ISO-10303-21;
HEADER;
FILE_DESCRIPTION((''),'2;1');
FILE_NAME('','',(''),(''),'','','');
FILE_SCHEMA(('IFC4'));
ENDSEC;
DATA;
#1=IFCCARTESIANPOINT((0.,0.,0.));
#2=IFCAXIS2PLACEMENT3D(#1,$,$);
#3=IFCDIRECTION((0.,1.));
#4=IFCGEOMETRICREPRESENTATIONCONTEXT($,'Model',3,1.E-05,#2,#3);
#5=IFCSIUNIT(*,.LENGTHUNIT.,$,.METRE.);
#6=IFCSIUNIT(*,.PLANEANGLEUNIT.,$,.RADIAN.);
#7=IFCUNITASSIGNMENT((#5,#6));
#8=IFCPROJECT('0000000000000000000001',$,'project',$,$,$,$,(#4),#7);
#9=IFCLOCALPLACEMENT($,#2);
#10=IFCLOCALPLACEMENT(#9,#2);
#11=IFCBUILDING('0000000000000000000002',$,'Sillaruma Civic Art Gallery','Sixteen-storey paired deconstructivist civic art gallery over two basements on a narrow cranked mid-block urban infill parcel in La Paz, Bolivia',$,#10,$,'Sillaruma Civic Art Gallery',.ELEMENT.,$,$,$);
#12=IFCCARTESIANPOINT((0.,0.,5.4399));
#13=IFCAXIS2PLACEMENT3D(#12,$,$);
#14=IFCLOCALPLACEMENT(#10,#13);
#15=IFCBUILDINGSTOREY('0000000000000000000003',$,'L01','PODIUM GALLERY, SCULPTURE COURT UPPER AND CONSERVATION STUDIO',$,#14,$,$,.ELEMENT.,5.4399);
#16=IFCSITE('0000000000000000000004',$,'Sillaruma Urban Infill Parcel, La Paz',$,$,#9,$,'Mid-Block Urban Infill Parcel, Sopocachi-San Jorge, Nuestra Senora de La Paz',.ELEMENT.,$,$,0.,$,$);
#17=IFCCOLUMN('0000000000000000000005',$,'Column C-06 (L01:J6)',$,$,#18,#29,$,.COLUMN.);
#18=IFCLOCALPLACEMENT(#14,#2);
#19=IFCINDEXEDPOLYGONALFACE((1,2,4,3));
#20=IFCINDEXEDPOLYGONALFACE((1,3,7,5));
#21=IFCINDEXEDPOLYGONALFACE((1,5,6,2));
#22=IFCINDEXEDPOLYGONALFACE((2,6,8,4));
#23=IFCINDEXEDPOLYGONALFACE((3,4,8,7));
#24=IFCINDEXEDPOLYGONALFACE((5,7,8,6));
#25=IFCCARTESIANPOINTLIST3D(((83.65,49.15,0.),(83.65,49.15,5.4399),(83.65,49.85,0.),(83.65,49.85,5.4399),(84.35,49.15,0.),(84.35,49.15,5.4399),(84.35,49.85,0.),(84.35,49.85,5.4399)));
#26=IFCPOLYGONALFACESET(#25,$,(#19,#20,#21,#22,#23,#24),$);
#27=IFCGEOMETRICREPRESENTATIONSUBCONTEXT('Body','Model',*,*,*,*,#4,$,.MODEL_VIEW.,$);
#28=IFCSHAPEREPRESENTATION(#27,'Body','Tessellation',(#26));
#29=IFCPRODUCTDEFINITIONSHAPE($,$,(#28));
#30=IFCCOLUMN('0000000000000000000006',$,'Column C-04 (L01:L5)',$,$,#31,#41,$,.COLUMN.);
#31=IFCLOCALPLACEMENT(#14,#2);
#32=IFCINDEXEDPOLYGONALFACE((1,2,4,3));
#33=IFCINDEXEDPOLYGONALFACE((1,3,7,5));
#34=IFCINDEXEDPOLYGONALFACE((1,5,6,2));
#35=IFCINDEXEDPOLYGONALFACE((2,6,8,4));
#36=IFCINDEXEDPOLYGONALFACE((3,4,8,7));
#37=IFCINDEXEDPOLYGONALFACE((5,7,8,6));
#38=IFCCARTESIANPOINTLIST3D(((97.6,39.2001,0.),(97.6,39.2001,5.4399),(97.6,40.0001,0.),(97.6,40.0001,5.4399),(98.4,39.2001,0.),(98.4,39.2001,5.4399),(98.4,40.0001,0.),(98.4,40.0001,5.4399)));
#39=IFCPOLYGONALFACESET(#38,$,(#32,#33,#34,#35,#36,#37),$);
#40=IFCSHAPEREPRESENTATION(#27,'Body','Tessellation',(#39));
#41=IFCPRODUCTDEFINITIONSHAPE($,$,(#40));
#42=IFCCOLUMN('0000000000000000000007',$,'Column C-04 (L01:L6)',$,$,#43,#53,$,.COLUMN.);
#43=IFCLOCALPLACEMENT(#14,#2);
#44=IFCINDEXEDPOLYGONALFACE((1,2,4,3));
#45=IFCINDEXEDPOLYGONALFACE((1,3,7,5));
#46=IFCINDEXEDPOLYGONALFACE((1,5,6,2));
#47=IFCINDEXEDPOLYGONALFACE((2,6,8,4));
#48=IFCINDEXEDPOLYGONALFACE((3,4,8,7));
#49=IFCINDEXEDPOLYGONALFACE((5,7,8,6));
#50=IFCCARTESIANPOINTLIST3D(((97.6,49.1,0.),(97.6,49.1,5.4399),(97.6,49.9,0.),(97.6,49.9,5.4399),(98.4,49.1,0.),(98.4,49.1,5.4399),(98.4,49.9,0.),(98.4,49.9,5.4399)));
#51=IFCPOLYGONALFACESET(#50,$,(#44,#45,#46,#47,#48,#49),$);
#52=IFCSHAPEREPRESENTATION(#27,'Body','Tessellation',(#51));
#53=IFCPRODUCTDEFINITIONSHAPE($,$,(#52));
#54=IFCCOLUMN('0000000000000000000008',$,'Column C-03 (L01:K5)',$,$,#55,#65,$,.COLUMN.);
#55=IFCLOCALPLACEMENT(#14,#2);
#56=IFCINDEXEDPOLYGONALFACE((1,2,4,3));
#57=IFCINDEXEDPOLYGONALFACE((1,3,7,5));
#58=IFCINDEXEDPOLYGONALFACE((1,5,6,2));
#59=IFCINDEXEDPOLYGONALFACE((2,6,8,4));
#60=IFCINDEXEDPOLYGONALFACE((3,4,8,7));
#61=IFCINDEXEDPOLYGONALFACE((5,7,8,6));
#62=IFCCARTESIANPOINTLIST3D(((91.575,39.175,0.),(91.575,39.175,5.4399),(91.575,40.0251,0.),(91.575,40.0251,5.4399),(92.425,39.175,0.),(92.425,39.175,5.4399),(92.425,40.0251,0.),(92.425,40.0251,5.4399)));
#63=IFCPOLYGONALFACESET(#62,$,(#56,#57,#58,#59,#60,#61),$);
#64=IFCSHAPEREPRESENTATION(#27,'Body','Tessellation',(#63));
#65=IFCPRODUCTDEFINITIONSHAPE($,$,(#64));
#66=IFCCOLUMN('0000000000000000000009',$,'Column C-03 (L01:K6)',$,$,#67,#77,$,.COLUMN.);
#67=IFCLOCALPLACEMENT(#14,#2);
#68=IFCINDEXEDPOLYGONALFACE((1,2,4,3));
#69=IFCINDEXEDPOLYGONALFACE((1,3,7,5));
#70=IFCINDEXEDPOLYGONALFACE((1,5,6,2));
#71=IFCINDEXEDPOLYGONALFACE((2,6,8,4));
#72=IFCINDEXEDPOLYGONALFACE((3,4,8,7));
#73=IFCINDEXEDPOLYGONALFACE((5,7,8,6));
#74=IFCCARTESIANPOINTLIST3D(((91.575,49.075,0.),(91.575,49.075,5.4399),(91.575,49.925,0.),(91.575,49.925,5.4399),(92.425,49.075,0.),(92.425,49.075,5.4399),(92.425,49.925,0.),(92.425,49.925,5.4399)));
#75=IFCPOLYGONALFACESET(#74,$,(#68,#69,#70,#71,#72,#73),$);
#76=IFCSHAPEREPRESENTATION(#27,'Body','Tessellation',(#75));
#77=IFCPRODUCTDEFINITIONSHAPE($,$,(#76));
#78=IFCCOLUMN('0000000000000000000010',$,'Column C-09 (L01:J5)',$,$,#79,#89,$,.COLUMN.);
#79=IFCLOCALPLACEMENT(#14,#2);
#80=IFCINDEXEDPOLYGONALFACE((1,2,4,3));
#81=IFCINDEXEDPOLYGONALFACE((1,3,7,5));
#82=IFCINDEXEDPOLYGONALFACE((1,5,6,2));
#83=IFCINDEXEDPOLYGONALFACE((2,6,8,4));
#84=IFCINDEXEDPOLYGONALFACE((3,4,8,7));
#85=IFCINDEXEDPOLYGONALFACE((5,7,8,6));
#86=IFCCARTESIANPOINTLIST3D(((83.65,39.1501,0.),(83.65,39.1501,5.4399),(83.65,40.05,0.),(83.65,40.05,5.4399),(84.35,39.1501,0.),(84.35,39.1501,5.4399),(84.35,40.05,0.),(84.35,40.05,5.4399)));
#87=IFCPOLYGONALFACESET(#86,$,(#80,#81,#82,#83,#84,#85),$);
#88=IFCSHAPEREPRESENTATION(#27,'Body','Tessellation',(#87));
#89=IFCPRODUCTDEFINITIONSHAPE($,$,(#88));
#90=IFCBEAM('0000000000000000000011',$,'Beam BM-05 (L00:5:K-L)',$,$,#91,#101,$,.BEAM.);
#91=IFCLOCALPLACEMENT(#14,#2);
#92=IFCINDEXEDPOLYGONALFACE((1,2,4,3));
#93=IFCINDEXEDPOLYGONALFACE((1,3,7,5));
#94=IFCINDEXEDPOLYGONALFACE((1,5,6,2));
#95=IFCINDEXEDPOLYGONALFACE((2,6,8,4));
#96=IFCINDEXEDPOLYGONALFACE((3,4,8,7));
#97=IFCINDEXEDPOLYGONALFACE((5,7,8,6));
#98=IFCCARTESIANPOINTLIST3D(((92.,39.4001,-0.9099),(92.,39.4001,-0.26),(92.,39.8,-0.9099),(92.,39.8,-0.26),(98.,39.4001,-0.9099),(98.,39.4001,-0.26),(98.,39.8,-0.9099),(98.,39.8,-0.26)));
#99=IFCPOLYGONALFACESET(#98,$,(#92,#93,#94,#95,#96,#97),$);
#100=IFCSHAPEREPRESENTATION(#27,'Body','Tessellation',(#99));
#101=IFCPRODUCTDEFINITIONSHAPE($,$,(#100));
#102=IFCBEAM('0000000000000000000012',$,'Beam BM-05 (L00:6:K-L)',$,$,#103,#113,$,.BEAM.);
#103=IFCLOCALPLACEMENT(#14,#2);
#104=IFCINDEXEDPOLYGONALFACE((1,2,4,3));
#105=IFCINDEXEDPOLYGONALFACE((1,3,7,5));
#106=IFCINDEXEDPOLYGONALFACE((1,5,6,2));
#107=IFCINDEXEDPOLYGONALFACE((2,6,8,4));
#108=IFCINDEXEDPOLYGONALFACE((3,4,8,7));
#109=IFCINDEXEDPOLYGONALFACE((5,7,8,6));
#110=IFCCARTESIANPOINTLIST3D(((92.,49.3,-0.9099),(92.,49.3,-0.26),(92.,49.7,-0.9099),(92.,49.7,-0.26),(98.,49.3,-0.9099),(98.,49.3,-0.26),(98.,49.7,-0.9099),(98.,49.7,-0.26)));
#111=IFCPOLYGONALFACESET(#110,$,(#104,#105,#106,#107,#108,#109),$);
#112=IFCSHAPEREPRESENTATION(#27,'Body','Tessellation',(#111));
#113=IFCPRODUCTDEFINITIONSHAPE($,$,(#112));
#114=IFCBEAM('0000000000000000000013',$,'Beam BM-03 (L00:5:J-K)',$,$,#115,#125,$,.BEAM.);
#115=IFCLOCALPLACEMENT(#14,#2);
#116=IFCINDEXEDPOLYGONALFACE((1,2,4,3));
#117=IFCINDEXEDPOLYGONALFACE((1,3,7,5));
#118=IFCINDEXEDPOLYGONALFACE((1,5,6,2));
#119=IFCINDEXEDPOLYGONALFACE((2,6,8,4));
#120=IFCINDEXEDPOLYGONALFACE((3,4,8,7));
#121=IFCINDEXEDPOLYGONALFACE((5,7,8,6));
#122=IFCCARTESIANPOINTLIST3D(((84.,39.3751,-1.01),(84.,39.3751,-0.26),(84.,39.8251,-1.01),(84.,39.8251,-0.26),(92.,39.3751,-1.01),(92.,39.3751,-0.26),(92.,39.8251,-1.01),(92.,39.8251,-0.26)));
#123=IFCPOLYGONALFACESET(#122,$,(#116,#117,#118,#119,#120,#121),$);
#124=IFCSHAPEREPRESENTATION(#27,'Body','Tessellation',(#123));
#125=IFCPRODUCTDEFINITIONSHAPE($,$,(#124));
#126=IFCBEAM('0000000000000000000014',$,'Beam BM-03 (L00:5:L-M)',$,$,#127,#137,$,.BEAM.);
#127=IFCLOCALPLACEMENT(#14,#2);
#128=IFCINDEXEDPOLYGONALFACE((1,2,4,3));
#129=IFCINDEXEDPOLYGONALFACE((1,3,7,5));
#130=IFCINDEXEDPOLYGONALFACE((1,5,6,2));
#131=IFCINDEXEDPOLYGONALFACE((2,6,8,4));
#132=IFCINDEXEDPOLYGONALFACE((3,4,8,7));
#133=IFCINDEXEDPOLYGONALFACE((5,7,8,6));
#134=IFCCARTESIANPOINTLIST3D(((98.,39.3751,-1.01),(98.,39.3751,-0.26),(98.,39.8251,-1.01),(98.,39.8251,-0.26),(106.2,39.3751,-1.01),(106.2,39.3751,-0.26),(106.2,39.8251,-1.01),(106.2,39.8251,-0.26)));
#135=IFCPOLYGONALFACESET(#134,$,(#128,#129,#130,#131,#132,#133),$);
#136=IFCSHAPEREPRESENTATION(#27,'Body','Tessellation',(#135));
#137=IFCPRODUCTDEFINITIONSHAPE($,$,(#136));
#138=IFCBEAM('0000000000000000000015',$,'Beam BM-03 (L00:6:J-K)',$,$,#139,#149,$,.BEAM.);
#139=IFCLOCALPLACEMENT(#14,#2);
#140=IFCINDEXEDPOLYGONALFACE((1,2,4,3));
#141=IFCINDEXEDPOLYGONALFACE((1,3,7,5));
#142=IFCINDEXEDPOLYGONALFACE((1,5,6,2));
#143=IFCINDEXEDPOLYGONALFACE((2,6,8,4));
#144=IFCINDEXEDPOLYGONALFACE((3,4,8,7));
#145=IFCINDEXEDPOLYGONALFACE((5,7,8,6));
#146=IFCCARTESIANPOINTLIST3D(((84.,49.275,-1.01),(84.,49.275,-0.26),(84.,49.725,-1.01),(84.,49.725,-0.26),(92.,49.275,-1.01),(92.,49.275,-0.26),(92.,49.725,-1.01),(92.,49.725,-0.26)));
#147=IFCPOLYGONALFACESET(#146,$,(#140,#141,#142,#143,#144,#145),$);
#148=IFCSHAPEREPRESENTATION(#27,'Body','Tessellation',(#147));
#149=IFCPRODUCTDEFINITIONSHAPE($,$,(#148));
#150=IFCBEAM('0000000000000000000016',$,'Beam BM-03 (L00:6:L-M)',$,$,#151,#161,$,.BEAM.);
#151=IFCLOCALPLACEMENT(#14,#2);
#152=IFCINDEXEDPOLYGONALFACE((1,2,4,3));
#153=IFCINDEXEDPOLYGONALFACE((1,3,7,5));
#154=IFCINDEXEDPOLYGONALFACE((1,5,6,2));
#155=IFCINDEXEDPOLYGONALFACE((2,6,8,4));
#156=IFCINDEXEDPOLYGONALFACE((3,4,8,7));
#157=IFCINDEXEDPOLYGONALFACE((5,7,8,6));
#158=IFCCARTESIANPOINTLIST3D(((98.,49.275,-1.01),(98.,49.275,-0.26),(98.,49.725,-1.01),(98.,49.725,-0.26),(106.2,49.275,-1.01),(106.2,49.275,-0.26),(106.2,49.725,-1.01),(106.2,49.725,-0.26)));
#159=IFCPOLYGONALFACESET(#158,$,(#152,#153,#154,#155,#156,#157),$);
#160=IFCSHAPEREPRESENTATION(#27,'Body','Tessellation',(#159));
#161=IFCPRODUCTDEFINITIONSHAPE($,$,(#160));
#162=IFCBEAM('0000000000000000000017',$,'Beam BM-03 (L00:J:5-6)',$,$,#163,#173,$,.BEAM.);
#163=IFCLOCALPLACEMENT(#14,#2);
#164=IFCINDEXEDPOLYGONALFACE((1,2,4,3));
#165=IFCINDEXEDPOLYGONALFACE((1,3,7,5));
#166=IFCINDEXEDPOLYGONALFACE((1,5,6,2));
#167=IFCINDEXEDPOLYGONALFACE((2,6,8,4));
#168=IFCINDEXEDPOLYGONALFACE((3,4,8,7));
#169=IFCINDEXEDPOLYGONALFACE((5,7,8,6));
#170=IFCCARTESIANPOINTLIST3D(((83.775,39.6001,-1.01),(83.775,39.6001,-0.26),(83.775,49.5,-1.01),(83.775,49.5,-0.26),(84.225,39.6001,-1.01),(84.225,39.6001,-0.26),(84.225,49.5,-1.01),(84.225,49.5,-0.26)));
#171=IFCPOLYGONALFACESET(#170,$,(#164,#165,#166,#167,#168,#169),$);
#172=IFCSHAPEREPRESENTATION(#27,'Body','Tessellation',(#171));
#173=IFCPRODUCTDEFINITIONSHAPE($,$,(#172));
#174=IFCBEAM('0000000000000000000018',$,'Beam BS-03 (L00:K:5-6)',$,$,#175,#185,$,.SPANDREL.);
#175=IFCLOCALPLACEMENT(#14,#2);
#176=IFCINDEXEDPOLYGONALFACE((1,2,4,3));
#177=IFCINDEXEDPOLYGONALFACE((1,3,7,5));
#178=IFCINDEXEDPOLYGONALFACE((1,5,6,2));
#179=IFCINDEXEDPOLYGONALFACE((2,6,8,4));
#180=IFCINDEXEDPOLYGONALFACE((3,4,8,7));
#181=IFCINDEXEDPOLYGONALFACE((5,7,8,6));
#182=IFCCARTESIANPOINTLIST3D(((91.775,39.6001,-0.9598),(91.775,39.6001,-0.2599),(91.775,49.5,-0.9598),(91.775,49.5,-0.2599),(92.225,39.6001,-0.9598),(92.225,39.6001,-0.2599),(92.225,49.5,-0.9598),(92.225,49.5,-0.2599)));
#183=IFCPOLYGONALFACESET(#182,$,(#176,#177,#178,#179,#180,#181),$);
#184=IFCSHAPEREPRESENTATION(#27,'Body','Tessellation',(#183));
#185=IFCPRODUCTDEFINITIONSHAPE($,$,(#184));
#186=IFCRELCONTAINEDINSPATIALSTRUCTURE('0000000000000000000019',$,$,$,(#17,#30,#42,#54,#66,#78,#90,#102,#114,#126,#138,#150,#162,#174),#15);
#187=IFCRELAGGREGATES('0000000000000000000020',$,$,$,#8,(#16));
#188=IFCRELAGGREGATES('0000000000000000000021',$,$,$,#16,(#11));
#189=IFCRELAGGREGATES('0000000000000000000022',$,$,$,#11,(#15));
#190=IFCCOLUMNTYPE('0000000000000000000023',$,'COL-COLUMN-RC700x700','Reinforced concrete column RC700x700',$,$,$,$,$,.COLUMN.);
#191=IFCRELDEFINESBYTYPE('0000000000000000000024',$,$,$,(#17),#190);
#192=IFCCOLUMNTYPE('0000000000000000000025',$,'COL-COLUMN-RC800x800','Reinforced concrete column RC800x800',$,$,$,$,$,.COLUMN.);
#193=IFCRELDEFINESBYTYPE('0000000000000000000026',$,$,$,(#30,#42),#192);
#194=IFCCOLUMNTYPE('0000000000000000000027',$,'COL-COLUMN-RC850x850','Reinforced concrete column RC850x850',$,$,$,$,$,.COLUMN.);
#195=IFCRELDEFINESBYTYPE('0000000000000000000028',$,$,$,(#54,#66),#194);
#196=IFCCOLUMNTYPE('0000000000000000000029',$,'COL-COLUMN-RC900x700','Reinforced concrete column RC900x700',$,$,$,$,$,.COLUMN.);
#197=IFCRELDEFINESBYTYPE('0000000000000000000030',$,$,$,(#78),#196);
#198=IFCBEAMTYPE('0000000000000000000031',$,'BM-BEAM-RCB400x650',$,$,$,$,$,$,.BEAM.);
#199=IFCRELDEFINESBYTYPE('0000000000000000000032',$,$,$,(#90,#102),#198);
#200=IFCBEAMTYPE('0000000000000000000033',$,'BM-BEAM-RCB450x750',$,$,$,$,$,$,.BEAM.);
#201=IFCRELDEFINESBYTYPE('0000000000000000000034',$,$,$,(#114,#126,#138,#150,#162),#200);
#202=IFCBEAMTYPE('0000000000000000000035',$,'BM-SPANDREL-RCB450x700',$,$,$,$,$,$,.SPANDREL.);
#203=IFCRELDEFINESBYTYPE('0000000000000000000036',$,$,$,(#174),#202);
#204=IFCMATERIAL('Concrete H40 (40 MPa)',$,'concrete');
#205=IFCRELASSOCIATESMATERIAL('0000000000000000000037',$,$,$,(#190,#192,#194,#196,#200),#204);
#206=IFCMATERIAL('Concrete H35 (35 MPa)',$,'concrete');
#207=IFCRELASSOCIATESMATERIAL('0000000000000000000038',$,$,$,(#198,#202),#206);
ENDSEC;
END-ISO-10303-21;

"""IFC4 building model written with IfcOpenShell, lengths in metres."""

from ifc_helpers import new_model, si_unit, direction, frame, origin, origin_2d, place, context, subcontext, project, spatial, rectangle, extrude, material, material_profile, profile_set, type_object, element, save


model = new_model("IFC4")

# Units and contexts
model_context = context("Model", 3, precision=1e-05, world=origin(), true_north=direction((0.0, 1.0)))
body_context = subcontext(model_context, "Body", "Model", "MODEL_VIEW")
ifc_project = project(units=[si_unit("LENGTHUNIT", "METRE"), si_unit("PLANEANGLEUNIT", "RADIAN")], contexts=[model_context])

# Site, building, storey
site_placement = place(None, origin())
site = spatial("IfcSite", under=ifc_project, at=site_placement, Name="Sillaruma Urban Infill Parcel, La Paz", LongName="Mid-Block Urban Infill Parcel, Sopocachi-San Jorge, Nuestra Senora de La Paz", CompositionType="ELEMENT", RefElevation=0.0)
building_placement = place(site_placement, origin())
building = spatial("IfcBuilding", under=site, at=building_placement, Name="Sillaruma Civic Art Gallery", Description="Sixteen-storey paired deconstructivist civic art gallery over two basements on a narrow cranked mid-block urban infill parcel in La Paz, Bolivia", LongName="Sillaruma Civic Art Gallery", CompositionType="ELEMENT")
storey_placement = place(building_placement, frame((0.0, 0.0, 5.4399)))
storey = spatial("IfcBuildingStorey", under=building, at=storey_placement, Name="L01", Description="PODIUM GALLERY, SCULPTURE COURT UPPER AND CONSERVATION STUDIO", CompositionType="ELEMENT", Elevation=5.4399)

# Columns
ifc_material_1 = material(Name="Concrete H40 (40 MPa)", Category="concrete")
ifc_material_profile_1 = material_profile(ifc_material_1, rectangle(XDim=0.7, YDim=0.7, at=origin_2d()), Name="RC700x700")
ifc_profile_set_1 = profile_set([ifc_material_profile_1], Name="Concrete H40 (40 MPa)")
column_type_1 = type_object("IfcColumnType", Name="COL-COLUMN-RC700x700", Description="Reinforced concrete column RC700x700", PredefinedType="COLUMN", material=ifc_profile_set_1)
column_1_placement = place(storey_placement, frame((84.0, 49.5, 0.0), z_axis=(0.0, 0.0, 1.0), x_axis=(1.0, 0.0, 0.0)))
element("IfcColumn", 1, at=column_1_placement, inside=storey, type_object=column_type_1, Name="Column C-06 (L01:J6)", PredefinedType="COLUMN", context=body_context, shape_type="SweptSolid", body=[
    extrude(rectangle(XDim=0.7, YDim=0.7, at=origin_2d()), origin(), (0.0, 0.0, 1.0), 5.4399),
])
ifc_material_profile_2 = material_profile(ifc_material_1, rectangle(XDim=0.8, YDim=0.8, at=origin_2d()), Name="RC800x800")
ifc_profile_set_2 = profile_set([ifc_material_profile_2], Name="Concrete H40 (40 MPa)")
column_type_2 = type_object("IfcColumnType", Name="COL-COLUMN-RC800x800", Description="Reinforced concrete column RC800x800", PredefinedType="COLUMN", material=ifc_profile_set_2)
for number, where, z_axis, x_axis, name in (
    (2, (98.0, 39.6001, 0.0), (0.0, 0.0, 1.0), (1.0, 0.0, 0.0), "Column C-04 (L01:L5)"),
    (3, (98.0, 49.5, 0.0), (0.0, 0.0, 1.0), (1.0, 0.0, 0.0), "Column C-04 (L01:L6)"),
):
    element("IfcColumn", number, at=place(storey_placement, frame(where, z_axis=z_axis, x_axis=x_axis)), inside=storey, type_object=column_type_2, Name=name, PredefinedType="COLUMN", context=body_context, shape_type="SweptSolid", body=[
        extrude(rectangle(XDim=0.8, YDim=0.8, at=origin_2d()), origin(), (0.0, 0.0, 1.0), 5.4399),
    ])
ifc_material_profile_3 = material_profile(ifc_material_1, rectangle(XDim=0.8501, YDim=0.8501, at=origin_2d()), Name="RC850x850")
ifc_profile_set_3 = profile_set([ifc_material_profile_3], Name="Concrete H40 (40 MPa)")
column_type_3 = type_object("IfcColumnType", Name="COL-COLUMN-RC850x850", Description="Reinforced concrete column RC850x850", PredefinedType="COLUMN", material=ifc_profile_set_3)
for number, where, z_axis, x_axis, name in (
    (4, (92.0, 39.6001, 0.0), (0.0, 0.0, 1.0), (1.0, 0.0, 0.0), "Column C-03 (L01:K5)"),
    (5, (92.0, 49.5, 0.0), (0.0, 0.0, 1.0), (1.0, 0.0, 0.0), "Column C-03 (L01:K6)"),
):
    element("IfcColumn", number, at=place(storey_placement, frame(where, z_axis=z_axis, x_axis=x_axis)), inside=storey, type_object=column_type_3, Name=name, PredefinedType="COLUMN", context=body_context, shape_type="SweptSolid", body=[
        extrude(rectangle(XDim=0.8501, YDim=0.8501, at=origin_2d()), origin(), (0.0, 0.0, 1.0), 5.4399),
    ])
ifc_material_profile_4 = material_profile(ifc_material_1, rectangle(XDim=0.7, YDim=0.8999, at=origin_2d()), Name="RC900x700")
ifc_profile_set_4 = profile_set([ifc_material_profile_4], Name="Concrete H40 (40 MPa)")
column_type_4 = type_object("IfcColumnType", Name="COL-COLUMN-RC900x700", Description="Reinforced concrete column RC900x700", PredefinedType="COLUMN", material=ifc_profile_set_4)
column_2_placement = place(storey_placement, frame((84.0, 39.6001, 0.0), z_axis=(0.0, 0.0, 1.0), x_axis=(1.0, 0.0, 0.0)))
element("IfcColumn", 6, at=column_2_placement, inside=storey, type_object=column_type_4, Name="Column C-09 (L01:J5)", PredefinedType="COLUMN", context=body_context, shape_type="SweptSolid", body=[
    extrude(rectangle(XDim=0.7, YDim=0.8999, at=origin_2d()), origin(), (0.0, 0.0, 1.0), 5.4399),
])

# Beams
ifc_material_2 = material(Name="Concrete H35 (35 MPa)", Category="concrete")
ifc_material_profile_5 = material_profile(ifc_material_2, rectangle(XDim=0.3999, YDim=0.6499, at=origin_2d()), Name="RCB400x650")
ifc_profile_set_5 = profile_set([ifc_material_profile_5], Name="Concrete H35 (35 MPa)")
beam_type_1 = type_object("IfcBeamType", Name="BM-BEAM-RCB400x650", PredefinedType="BEAM", material=ifc_profile_set_5)
for number, where, z_axis, x_axis, name in (
    (7, (92.0, 39.6001, -0.585), (1.0, 0.0, 0.0), (0.0, 1.0, 0.0), "Beam BM-05 (L00:5:K-L)"),
    (8, (92.0, 49.5, -0.585), (1.0, 0.0, 0.0), (0.0, 1.0, 0.0), "Beam BM-05 (L00:6:K-L)"),
):
    element("IfcBeam", number, at=place(storey_placement, frame(where, z_axis=z_axis, x_axis=x_axis)), inside=storey, type_object=beam_type_1, Name=name, PredefinedType="BEAM", context=body_context, shape_type="SweptSolid", body=[
        extrude(rectangle(XDim=0.3999, YDim=0.6499, at=origin_2d()), origin(), (0.0, 0.0, 1.0), 6.0),
    ])
ifc_material_profile_6 = material_profile(ifc_material_1, rectangle(XDim=0.45, YDim=0.75, at=origin_2d()), Name="RCB450x750")
ifc_profile_set_6 = profile_set([ifc_material_profile_6], Name="Concrete H40 (40 MPa)")
beam_type_2 = type_object("IfcBeamType", Name="BM-BEAM-RCB450x750", PredefinedType="BEAM", material=ifc_profile_set_6)
beam_1_placement = place(storey_placement, frame((84.0, 39.6001, -0.635), z_axis=(1.0, 0.0, 0.0), x_axis=(0.0, 1.0, 0.0)))
element("IfcBeam", 9, at=beam_1_placement, inside=storey, type_object=beam_type_2, Name="Beam BM-03 (L00:5:J-K)", PredefinedType="BEAM", context=body_context, shape_type="SweptSolid", body=[
    extrude(rectangle(XDim=0.45, YDim=0.75, at=origin_2d()), origin(), (0.0, 0.0, 1.0), 8.0),
])
beam_2_placement = place(storey_placement, frame((98.0, 39.6001, -0.635), z_axis=(1.0, 0.0, 0.0), x_axis=(0.0, 1.0, 0.0)))
element("IfcBeam", 10, at=beam_2_placement, inside=storey, type_object=beam_type_2, Name="Beam BM-03 (L00:5:L-M)", PredefinedType="BEAM", context=body_context, shape_type="SweptSolid", body=[
    extrude(rectangle(XDim=0.45, YDim=0.75, at=origin_2d()), origin(), (0.0, 0.0, 1.0), 8.2),
])
beam_3_placement = place(storey_placement, frame((84.0, 49.5, -0.635), z_axis=(1.0, 0.0, 0.0), x_axis=(0.0, 1.0, 0.0)))
element("IfcBeam", 11, at=beam_3_placement, inside=storey, type_object=beam_type_2, Name="Beam BM-03 (L00:6:J-K)", PredefinedType="BEAM", context=body_context, shape_type="SweptSolid", body=[
    extrude(rectangle(XDim=0.45, YDim=0.75, at=origin_2d()), origin(), (0.0, 0.0, 1.0), 8.0),
])
beam_4_placement = place(storey_placement, frame((98.0, 49.5, -0.635), z_axis=(1.0, 0.0, 0.0), x_axis=(0.0, 1.0, 0.0)))
element("IfcBeam", 12, at=beam_4_placement, inside=storey, type_object=beam_type_2, Name="Beam BM-03 (L00:6:L-M)", PredefinedType="BEAM", context=body_context, shape_type="SweptSolid", body=[
    extrude(rectangle(XDim=0.45, YDim=0.75, at=origin_2d()), origin(), (0.0, 0.0, 1.0), 8.2),
])
beam_5_placement = place(storey_placement, frame((84.0, 39.6001, -0.635), z_axis=(0.0, 1.0, 0.0), x_axis=(-1.0, 0.0, 0.0)))
element("IfcBeam", 13, at=beam_5_placement, inside=storey, type_object=beam_type_2, Name="Beam BM-03 (L00:J:5-6)", PredefinedType="BEAM", context=body_context, shape_type="SweptSolid", body=[
    extrude(rectangle(XDim=0.45, YDim=0.75, at=origin_2d()), origin(), (0.0, 0.0, 1.0), 9.8999),
])
ifc_material_profile_7 = material_profile(ifc_material_2, rectangle(XDim=0.45, YDim=0.7, at=origin_2d()), Name="RCB450x700")
ifc_profile_set_7 = profile_set([ifc_material_profile_7], Name="Concrete H35 (35 MPa)")
beam_type_3 = type_object("IfcBeamType", Name="BM-SPANDREL-RCB450x700", PredefinedType="SPANDREL", material=ifc_profile_set_7)
for number, where, z_axis, x_axis, name in (
    (14, (92.0, 39.6001, -0.6099), (0.0, 1.0, 0.0), (-1.0, 0.0, 0.0), "Beam BS-03 (L00:K:5-6)"),
):
    element("IfcBeam", number, at=place(storey_placement, frame(where, z_axis=z_axis, x_axis=x_axis)), inside=storey, type_object=beam_type_3, Name=name, PredefinedType="SPANDREL", context=body_context, shape_type="SweptSolid", body=[
        extrude(rectangle(XDim=0.45, YDim=0.7, at=origin_2d()), origin(), (0.0, 0.0, 1.0), 9.8999),
    ])

save(model, "model.ifc")
